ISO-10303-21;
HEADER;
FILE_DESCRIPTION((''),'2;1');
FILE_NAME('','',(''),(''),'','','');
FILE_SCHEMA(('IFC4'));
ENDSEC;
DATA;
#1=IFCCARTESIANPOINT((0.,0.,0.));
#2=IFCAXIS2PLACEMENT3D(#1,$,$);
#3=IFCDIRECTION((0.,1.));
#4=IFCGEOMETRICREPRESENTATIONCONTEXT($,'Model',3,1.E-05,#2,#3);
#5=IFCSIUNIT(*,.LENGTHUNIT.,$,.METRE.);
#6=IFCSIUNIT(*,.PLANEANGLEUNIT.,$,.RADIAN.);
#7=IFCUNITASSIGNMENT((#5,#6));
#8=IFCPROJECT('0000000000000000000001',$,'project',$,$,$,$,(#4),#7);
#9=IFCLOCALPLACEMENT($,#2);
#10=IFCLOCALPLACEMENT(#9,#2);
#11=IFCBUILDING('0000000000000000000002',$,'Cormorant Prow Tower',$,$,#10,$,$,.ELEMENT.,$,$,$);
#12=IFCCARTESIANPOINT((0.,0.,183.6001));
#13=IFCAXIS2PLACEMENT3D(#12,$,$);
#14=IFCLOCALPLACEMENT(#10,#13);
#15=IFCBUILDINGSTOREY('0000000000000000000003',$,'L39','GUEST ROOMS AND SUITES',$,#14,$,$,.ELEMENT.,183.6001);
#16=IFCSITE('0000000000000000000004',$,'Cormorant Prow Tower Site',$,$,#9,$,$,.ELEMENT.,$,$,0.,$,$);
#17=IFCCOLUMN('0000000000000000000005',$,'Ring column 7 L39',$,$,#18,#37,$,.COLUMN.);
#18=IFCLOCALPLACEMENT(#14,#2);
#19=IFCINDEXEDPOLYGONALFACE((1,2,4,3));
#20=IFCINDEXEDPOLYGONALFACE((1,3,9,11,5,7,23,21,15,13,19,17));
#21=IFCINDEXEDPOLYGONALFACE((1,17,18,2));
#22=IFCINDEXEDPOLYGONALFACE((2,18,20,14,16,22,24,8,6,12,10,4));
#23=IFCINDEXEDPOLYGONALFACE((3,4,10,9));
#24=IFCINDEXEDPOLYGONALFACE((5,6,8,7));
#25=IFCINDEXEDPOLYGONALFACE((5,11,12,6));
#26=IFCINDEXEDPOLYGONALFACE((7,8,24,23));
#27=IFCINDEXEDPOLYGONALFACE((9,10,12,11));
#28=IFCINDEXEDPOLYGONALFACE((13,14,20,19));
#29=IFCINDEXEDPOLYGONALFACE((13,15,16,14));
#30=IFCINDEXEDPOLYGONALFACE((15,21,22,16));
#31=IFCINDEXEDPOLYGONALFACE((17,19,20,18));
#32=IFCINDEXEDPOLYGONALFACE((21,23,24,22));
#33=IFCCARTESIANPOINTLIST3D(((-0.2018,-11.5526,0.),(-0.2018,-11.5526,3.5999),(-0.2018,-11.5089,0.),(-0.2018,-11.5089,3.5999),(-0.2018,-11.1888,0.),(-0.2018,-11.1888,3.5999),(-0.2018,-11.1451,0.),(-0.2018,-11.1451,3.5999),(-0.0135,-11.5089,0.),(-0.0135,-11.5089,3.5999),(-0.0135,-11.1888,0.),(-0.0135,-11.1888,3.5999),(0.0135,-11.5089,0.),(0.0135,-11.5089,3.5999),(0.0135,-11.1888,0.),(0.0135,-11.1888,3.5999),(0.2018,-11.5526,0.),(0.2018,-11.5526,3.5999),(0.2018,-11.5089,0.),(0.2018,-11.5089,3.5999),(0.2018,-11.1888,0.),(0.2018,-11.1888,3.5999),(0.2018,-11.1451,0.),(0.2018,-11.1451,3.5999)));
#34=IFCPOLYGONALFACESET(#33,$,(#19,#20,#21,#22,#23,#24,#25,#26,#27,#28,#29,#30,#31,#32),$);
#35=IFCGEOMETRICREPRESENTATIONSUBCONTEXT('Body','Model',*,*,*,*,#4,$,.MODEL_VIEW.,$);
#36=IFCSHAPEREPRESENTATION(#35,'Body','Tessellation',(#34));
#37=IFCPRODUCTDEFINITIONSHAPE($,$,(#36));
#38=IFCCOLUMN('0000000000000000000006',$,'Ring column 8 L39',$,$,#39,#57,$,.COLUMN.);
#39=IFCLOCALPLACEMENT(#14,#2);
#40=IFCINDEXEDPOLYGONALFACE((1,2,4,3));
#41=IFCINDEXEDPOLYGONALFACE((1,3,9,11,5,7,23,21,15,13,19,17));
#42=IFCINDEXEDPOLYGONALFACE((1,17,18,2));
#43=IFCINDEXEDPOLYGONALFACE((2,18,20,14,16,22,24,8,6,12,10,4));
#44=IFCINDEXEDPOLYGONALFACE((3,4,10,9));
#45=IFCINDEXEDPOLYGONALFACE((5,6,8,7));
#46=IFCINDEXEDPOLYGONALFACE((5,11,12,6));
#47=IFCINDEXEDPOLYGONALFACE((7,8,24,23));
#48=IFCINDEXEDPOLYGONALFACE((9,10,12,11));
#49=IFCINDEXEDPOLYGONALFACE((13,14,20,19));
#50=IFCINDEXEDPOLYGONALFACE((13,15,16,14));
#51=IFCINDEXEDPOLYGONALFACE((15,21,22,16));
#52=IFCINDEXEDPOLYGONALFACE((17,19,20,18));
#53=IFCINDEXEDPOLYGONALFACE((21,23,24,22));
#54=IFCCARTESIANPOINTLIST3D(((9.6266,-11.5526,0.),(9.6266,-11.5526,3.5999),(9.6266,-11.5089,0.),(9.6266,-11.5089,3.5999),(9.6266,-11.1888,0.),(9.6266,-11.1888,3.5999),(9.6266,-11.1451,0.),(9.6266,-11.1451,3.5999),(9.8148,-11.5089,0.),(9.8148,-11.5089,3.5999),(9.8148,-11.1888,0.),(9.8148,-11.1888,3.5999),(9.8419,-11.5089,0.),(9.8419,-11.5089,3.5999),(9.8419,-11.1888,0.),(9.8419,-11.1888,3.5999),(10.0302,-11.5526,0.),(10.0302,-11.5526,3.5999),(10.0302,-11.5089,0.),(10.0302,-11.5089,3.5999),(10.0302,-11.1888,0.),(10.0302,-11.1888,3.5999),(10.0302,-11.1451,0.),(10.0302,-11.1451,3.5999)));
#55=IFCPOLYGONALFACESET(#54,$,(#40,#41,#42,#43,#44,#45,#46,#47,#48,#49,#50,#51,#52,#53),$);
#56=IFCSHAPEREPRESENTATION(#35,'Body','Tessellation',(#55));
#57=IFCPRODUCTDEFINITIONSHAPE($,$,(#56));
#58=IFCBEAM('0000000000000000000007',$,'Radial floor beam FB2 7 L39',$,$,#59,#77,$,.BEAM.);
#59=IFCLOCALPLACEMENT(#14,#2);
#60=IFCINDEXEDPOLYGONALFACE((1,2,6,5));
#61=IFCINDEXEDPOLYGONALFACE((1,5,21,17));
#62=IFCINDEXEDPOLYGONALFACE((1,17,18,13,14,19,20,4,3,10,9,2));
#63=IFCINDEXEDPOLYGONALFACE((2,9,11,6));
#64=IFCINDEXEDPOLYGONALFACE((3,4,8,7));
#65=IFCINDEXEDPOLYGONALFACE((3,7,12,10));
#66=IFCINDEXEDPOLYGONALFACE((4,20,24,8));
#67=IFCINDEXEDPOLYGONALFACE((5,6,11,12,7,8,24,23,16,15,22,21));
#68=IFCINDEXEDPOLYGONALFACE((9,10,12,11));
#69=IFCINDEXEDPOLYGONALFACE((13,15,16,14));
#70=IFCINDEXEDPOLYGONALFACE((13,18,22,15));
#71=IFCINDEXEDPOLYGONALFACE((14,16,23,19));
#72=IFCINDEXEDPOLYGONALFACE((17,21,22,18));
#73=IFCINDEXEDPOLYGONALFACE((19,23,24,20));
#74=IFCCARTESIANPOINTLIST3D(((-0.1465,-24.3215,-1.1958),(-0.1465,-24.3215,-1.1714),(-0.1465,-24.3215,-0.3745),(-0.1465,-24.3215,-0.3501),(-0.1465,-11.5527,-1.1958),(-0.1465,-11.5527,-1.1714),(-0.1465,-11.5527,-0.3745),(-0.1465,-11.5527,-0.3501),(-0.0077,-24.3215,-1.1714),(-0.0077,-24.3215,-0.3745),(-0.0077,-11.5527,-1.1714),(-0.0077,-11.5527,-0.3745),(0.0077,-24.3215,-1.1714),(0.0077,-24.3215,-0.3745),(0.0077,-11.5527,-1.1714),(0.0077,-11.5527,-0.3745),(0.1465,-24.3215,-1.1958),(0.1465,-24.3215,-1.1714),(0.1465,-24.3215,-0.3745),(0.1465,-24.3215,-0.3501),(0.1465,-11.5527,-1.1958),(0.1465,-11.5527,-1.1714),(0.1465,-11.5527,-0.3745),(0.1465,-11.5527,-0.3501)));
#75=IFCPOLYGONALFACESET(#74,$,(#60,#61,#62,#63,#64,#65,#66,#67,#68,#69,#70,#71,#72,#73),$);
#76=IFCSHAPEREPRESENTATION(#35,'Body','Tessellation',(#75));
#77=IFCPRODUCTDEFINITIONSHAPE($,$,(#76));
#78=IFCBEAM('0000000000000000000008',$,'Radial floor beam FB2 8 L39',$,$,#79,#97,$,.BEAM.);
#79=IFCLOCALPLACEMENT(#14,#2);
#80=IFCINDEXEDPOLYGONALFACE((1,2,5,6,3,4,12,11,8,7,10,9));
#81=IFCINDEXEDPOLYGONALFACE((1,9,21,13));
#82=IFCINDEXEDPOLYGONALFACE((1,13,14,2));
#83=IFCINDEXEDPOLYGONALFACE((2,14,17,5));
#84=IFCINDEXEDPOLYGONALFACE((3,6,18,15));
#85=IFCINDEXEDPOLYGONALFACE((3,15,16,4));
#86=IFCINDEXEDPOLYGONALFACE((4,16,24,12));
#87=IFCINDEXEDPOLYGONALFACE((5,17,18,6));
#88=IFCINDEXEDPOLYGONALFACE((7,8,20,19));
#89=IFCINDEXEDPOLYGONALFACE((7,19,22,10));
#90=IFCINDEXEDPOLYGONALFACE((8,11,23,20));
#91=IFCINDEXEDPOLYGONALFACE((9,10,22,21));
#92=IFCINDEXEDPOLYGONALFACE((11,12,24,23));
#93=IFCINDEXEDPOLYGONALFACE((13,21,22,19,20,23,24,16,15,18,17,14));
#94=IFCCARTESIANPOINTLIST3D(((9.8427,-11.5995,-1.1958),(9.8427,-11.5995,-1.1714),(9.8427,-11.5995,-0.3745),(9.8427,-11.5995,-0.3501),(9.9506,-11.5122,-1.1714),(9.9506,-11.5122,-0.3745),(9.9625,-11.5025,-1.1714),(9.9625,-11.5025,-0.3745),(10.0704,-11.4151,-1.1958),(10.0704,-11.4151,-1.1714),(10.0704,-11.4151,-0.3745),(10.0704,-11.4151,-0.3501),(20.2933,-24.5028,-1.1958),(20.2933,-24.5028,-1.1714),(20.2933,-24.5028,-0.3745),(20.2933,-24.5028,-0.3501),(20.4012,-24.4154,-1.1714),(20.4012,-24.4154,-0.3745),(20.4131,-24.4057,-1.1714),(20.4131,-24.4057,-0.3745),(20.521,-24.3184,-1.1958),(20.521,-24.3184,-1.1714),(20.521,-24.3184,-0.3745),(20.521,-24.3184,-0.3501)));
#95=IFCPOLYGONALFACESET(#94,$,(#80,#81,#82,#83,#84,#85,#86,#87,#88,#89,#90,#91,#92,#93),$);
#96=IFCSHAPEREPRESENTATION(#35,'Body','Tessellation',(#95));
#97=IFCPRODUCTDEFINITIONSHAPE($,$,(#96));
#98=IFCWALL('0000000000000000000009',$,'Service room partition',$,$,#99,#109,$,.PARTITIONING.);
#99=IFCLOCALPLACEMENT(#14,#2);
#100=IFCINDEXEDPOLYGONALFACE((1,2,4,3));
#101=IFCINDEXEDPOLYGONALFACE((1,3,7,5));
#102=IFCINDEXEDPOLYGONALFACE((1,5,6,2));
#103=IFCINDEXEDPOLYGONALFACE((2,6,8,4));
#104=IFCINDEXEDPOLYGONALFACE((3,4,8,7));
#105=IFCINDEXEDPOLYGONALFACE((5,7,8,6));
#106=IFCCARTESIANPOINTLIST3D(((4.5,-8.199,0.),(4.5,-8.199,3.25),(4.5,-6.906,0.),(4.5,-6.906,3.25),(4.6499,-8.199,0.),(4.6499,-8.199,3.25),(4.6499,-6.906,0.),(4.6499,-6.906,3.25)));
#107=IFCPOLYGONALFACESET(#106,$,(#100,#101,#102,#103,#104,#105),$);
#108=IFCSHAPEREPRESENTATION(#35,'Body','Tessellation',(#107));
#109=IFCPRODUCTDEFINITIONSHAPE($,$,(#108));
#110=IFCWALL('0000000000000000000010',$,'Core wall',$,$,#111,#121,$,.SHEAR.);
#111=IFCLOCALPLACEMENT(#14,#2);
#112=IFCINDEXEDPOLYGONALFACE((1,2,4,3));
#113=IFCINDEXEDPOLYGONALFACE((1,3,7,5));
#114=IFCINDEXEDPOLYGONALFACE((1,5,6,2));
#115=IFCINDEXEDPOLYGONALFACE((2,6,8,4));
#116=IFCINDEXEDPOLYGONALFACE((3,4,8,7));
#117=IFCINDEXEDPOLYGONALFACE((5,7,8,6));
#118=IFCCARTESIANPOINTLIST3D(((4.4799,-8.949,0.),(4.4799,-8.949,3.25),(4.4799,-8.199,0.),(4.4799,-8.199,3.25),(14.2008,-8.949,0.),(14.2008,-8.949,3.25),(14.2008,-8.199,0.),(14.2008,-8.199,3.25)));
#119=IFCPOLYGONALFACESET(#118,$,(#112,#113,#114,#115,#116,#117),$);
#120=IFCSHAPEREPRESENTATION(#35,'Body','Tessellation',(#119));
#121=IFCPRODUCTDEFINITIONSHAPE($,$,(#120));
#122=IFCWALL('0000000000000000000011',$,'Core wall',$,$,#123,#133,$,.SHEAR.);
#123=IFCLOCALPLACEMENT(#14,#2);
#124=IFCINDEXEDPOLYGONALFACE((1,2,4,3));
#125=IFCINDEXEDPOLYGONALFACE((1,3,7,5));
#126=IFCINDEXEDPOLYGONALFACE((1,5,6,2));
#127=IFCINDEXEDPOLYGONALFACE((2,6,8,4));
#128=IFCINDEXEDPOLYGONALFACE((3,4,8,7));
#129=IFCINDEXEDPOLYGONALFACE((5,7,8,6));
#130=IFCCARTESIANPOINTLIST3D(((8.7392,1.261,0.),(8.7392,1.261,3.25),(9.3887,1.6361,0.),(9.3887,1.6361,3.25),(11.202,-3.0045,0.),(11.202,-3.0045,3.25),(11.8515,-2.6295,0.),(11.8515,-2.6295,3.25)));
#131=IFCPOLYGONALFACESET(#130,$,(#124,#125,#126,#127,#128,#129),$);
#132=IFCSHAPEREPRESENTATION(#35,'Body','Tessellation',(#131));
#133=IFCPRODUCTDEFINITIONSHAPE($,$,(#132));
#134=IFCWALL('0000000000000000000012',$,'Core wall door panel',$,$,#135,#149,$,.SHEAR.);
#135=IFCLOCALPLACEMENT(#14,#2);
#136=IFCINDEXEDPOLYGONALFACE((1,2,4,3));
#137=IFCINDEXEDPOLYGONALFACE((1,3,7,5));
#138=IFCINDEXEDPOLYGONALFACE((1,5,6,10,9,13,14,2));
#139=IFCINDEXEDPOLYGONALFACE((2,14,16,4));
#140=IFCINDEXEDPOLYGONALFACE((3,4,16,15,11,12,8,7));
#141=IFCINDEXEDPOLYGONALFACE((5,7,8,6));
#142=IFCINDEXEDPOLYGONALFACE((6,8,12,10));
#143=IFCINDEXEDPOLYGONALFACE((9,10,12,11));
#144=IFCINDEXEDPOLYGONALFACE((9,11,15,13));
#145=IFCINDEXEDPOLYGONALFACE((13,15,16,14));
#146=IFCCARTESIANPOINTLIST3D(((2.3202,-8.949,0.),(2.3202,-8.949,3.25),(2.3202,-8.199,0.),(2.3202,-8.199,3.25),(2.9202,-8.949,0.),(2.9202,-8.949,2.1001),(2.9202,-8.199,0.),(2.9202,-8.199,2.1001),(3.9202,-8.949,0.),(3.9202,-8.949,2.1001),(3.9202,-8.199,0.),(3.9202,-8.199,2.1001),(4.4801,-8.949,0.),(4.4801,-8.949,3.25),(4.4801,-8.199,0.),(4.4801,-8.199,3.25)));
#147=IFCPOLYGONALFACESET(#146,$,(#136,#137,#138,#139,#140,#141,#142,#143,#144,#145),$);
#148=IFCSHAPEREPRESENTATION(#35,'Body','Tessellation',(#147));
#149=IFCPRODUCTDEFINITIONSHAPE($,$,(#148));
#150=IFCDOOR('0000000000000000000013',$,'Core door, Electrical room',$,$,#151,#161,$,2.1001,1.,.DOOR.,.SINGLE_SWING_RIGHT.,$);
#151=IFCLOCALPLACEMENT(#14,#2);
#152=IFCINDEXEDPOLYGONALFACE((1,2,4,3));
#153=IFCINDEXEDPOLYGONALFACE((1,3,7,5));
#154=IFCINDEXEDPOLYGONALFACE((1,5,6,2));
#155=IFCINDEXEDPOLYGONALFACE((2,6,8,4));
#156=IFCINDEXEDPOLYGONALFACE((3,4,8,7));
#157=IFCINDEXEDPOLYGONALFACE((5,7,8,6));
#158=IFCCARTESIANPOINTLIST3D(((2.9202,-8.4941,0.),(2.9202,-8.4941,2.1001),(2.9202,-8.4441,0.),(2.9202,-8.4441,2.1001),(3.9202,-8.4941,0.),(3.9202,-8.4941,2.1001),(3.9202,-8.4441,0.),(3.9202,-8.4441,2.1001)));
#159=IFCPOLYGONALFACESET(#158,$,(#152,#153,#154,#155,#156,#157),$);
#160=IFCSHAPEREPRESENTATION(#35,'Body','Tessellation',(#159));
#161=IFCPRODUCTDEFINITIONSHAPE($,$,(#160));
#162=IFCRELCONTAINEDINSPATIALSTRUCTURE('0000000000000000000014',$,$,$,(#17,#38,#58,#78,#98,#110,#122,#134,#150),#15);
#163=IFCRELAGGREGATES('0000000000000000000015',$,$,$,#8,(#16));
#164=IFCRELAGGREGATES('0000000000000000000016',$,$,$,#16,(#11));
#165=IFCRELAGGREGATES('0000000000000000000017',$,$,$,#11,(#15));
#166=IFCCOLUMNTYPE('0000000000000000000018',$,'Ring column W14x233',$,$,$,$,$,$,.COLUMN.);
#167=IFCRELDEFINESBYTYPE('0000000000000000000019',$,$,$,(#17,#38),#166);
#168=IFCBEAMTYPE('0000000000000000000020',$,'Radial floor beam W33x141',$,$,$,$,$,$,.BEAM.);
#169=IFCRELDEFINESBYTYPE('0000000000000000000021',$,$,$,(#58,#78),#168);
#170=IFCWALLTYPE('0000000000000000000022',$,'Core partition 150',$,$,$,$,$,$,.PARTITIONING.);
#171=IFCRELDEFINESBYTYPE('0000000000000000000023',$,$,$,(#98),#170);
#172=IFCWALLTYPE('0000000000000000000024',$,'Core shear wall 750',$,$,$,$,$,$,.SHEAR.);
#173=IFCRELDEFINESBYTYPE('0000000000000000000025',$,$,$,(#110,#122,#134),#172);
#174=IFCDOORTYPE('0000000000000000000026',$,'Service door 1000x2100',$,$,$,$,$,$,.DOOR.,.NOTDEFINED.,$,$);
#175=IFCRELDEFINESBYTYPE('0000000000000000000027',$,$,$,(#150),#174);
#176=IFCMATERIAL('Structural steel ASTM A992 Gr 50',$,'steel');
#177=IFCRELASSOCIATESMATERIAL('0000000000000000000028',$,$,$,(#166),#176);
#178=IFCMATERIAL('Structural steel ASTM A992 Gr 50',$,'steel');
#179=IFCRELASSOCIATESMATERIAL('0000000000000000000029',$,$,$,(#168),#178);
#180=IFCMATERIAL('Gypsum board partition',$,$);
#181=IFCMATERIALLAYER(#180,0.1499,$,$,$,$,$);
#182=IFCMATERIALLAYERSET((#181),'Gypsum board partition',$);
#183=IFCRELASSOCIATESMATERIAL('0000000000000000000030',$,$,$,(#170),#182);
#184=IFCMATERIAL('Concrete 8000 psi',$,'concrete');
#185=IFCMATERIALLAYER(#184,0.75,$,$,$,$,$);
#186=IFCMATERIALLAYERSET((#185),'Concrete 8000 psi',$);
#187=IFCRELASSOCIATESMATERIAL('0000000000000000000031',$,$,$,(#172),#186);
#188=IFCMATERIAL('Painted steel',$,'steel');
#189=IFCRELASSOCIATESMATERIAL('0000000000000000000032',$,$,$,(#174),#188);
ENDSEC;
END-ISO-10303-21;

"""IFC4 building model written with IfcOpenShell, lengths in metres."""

from ifc_helpers import new_model, si_unit, direction, frame, frame_2d, origin, origin_2d, place, context, subcontext, project, spatial, rectangle, i_section, extrude, material, layer, layer_set, material_profile, profile_set, type_object, element, fill, save


model = new_model("IFC4")

# Units and contexts
model_context = context("Model", 3, precision=1e-05, world=origin(), true_north=direction((0.0, 1.0)))
body_context = subcontext(model_context, "Body", "Model", "MODEL_VIEW")
ifc_project = project(units=[si_unit("LENGTHUNIT", "METRE"), si_unit("PLANEANGLEUNIT", "RADIAN")], contexts=[model_context])

# Site, building, storey
site_placement = place(None, origin())
site = spatial("IfcSite", under=ifc_project, at=site_placement, Name="Cormorant Prow Tower Site", CompositionType="ELEMENT", RefElevation=0.0)
building_placement = place(site_placement, origin())
building = spatial("IfcBuilding", under=site, at=building_placement, Name="Cormorant Prow Tower", CompositionType="ELEMENT")
storey_placement = place(building_placement, frame((0.0, 0.0, 183.6001)))
storey = spatial("IfcBuildingStorey", under=building, at=storey_placement, Name="L39", Description="GUEST ROOMS AND SUITES", CompositionType="ELEMENT", Elevation=183.6001)

# Columns
ifc_material_1 = material(Name="Structural steel ASTM A992 Gr 50", Category="steel")
ifc_material_profile_1 = material_profile(ifc_material_1, i_section(OverallWidth=0.4036, OverallDepth=0.4075, WebThickness=0.0271, FlangeThickness=0.0437, at=origin_2d()), Name="W14x233")
ifc_profile_set_1 = profile_set([ifc_material_profile_1], Name="Structural steel ASTM A992 Gr 50")
column_type = type_object("IfcColumnType", Name="Ring column W14x233", PredefinedType="COLUMN", material=ifc_profile_set_1)
for number, where, z_axis, x_axis, name in (
    (1, (0.0, -11.3489, 0.0), (0.0, 0.0, 1.0), (1.0, 0.0, 0.0), "Ring column 7 L39"),
    (2, (9.8284, -11.3489, 0.0), (0.0, 0.0, 1.0), (1.0, 0.0, 0.0), "Ring column 8 L39"),
):
    element("IfcColumn", number, at=place(storey_placement, frame(where, z_axis=z_axis, x_axis=x_axis)), inside=storey, type_object=column_type, Name=name, PredefinedType="COLUMN", context=body_context, shape_type="SweptSolid", body=[
        extrude(i_section(OverallWidth=0.4036, OverallDepth=0.4075, WebThickness=0.0271, FlangeThickness=0.0437, at=origin_2d()), origin(), (0.0, 0.0, 1.0), 3.5999),
    ])

# Beams
ifc_material_2 = material(Name="Structural steel ASTM A992 Gr 50", Category="steel")
ifc_material_profile_2 = material_profile(ifc_material_2, i_section(OverallWidth=0.293, OverallDepth=0.8457, WebThickness=0.0154, FlangeThickness=0.0244, at=origin_2d()), Name="W33x141")
ifc_profile_set_2 = profile_set([ifc_material_profile_2], Name="Structural steel ASTM A992 Gr 50")
beam_type = type_object("IfcBeamType", Name="Radial floor beam W33x141", PredefinedType="BEAM", material=ifc_profile_set_2)
beam_1_placement = place(storey_placement, frame((0.0, -11.5527, -0.7729), z_axis=(0.0, -1.0, 0.0), x_axis=(1.0, 0.0, 0.0)))
element("IfcBeam", 3, at=beam_1_placement, inside=storey, type_object=beam_type, Name="Radial floor beam FB2 7 L39", PredefinedType="BEAM", context=body_context, shape_type="SweptSolid", body=[
    extrude(i_section(OverallWidth=0.293, OverallDepth=0.8457, WebThickness=0.0154, FlangeThickness=0.0244, at=origin_2d()), origin(), (0.0, 0.0, 1.0), 12.7688),
])
beam_2_placement = place(storey_placement, frame((9.9565, -11.5073, -0.7729), z_axis=(0.629385, -0.777094, 0.0), x_axis=(0.777094, 0.629385, 0.0)))
element("IfcBeam", 4, at=beam_2_placement, inside=storey, type_object=beam_type, Name="Radial floor beam FB2 8 L39", PredefinedType="BEAM", context=body_context, shape_type="SweptSolid", body=[
    extrude(i_section(OverallWidth=0.293, OverallDepth=0.8457, WebThickness=0.0154, FlangeThickness=0.0244, at=origin_2d()), origin(), (0.0, 0.0, 1.0), 16.6045),
])

# Walls
ifc_material_3 = material(Name="Gypsum board partition")
ifc_layer_1 = layer(ifc_material_3, 0.1499)
ifc_layer_set_1 = layer_set([ifc_layer_1], Name="Gypsum board partition")
wall_type_1 = type_object("IfcWallType", Name="Core partition 150", PredefinedType="PARTITIONING", material=ifc_layer_set_1)
wall_1_placement = place(storey_placement, frame((4.575, -6.906, 0.0), z_axis=(0.0, 0.0, 1.0), x_axis=(0.0, -1.0, 0.0)))
element("IfcWall", 5, at=wall_1_placement, inside=storey, type_object=wall_type_1, Name="Service room partition", PredefinedType="PARTITIONING", context=body_context, shape_type="SweptSolid", body=[
    extrude(rectangle(XDim=1.293, YDim=0.1499, at=frame_2d((0.6465, 0.0))), origin(), (0.0, 0.0, 1.0), 3.25),
])
ifc_material_4 = material(Name="Concrete 8000 psi", Category="concrete")
ifc_layer_2 = layer(ifc_material_4, 0.75)
ifc_layer_set_2 = layer_set([ifc_layer_2], Name="Concrete 8000 psi")
wall_type_2 = type_object("IfcWallType", Name="Core shear wall 750", PredefinedType="SHEAR", material=ifc_layer_set_2)
wall_2_placement = place(storey_placement, frame((4.48, -8.574, 0.0), z_axis=(0.0, 0.0, 1.0), x_axis=(1.0, 0.0, 0.0)))
element("IfcWall", 6, at=wall_2_placement, inside=storey, type_object=wall_type_2, Name="Core wall", PredefinedType="SHEAR", context=body_context, shape_type="SweptSolid", body=[
    extrude(rectangle(XDim=9.7209, YDim=0.75, at=frame_2d((4.8604, 0.0))), origin(), (0.0, 0.0, 1.0), 3.25),
])
wall_3_placement = place(storey_placement, frame((11.5269, -2.8171, 0.0), z_axis=(0.0, 0.0, 1.0), x_axis=(-0.50002, 0.866014, 0.0)))
element("IfcWall", 7, at=wall_3_placement, inside=storey, type_object=wall_type_2, Name="Core wall", PredefinedType="SHEAR", context=body_context, shape_type="SweptSolid", body=[
    extrude(rectangle(XDim=4.9255, YDim=0.75, at=frame_2d((2.4629, 0.0))), origin(), (0.0, 0.0, 1.0), 3.25),
])

# Wall, opening, door
wall_4_placement = place(storey_placement, frame((2.3201, -8.574, 0.0), z_axis=(0.0, 0.0, 1.0), x_axis=(1.0, 0.0, 0.0)))
wall_4 = element("IfcWall", 8, at=wall_4_placement, inside=storey, type_object=wall_type_2, Name="Core wall door panel", PredefinedType="SHEAR", context=body_context, shape_type="SweptSolid", body=[
    extrude(rectangle(XDim=2.1599, YDim=0.75, at=frame_2d((1.0801, 0.0))), origin(), (0.0, 0.0, 1.0), 3.25),
])
opening_1_placement = place(wall_4_placement, frame((0.6001, 0.0, 0.0)))
opening_1 = element("IfcOpeningElement", 9, at=opening_1_placement, cuts=wall_4, PredefinedType="OPENING", context=body_context, shape_type="SweptSolid", body=[
    extrude(rectangle(XDim=1.0, YDim=2.1001, at=frame_2d((0.5, 1.05))), frame((0.0, 0.385, 0.0), z_axis=(0.0, -1.0, 0.0), x_axis=(1.0, 0.0, 0.0)), (0.0, 0.0, 1.0), 0.77),
])
ifc_material_5 = material(Name="Painted steel", Category="steel")
door_type_1 = type_object("IfcDoorType", Name="Service door 1000x2100", OperationType="NOTDEFINED", PredefinedType="DOOR", material=ifc_material_5)
door_1_placement = place(opening_1_placement, origin())
door_1 = element("IfcDoor", 10, at=door_1_placement, inside=storey, type_object=door_type_1, Name="Core door, Electrical room", OperationType="SINGLE_SWING_RIGHT", OverallHeight=2.1001, OverallWidth=1.0, PredefinedType="DOOR", context=body_context, shape_type="SweptSolid", body=[
    extrude(rectangle(XDim=1.0, YDim=2.1001, at=frame_2d((0.5, 1.05))), frame((0.0, 0.1299, 0.0), z_axis=(0.0, -1.0, 0.0), x_axis=(1.0, 0.0, 0.0)), (0.0, 0.0, 1.0), 0.05),
])
fill(opening_1, door_1)

save(model, "model.ifc")
